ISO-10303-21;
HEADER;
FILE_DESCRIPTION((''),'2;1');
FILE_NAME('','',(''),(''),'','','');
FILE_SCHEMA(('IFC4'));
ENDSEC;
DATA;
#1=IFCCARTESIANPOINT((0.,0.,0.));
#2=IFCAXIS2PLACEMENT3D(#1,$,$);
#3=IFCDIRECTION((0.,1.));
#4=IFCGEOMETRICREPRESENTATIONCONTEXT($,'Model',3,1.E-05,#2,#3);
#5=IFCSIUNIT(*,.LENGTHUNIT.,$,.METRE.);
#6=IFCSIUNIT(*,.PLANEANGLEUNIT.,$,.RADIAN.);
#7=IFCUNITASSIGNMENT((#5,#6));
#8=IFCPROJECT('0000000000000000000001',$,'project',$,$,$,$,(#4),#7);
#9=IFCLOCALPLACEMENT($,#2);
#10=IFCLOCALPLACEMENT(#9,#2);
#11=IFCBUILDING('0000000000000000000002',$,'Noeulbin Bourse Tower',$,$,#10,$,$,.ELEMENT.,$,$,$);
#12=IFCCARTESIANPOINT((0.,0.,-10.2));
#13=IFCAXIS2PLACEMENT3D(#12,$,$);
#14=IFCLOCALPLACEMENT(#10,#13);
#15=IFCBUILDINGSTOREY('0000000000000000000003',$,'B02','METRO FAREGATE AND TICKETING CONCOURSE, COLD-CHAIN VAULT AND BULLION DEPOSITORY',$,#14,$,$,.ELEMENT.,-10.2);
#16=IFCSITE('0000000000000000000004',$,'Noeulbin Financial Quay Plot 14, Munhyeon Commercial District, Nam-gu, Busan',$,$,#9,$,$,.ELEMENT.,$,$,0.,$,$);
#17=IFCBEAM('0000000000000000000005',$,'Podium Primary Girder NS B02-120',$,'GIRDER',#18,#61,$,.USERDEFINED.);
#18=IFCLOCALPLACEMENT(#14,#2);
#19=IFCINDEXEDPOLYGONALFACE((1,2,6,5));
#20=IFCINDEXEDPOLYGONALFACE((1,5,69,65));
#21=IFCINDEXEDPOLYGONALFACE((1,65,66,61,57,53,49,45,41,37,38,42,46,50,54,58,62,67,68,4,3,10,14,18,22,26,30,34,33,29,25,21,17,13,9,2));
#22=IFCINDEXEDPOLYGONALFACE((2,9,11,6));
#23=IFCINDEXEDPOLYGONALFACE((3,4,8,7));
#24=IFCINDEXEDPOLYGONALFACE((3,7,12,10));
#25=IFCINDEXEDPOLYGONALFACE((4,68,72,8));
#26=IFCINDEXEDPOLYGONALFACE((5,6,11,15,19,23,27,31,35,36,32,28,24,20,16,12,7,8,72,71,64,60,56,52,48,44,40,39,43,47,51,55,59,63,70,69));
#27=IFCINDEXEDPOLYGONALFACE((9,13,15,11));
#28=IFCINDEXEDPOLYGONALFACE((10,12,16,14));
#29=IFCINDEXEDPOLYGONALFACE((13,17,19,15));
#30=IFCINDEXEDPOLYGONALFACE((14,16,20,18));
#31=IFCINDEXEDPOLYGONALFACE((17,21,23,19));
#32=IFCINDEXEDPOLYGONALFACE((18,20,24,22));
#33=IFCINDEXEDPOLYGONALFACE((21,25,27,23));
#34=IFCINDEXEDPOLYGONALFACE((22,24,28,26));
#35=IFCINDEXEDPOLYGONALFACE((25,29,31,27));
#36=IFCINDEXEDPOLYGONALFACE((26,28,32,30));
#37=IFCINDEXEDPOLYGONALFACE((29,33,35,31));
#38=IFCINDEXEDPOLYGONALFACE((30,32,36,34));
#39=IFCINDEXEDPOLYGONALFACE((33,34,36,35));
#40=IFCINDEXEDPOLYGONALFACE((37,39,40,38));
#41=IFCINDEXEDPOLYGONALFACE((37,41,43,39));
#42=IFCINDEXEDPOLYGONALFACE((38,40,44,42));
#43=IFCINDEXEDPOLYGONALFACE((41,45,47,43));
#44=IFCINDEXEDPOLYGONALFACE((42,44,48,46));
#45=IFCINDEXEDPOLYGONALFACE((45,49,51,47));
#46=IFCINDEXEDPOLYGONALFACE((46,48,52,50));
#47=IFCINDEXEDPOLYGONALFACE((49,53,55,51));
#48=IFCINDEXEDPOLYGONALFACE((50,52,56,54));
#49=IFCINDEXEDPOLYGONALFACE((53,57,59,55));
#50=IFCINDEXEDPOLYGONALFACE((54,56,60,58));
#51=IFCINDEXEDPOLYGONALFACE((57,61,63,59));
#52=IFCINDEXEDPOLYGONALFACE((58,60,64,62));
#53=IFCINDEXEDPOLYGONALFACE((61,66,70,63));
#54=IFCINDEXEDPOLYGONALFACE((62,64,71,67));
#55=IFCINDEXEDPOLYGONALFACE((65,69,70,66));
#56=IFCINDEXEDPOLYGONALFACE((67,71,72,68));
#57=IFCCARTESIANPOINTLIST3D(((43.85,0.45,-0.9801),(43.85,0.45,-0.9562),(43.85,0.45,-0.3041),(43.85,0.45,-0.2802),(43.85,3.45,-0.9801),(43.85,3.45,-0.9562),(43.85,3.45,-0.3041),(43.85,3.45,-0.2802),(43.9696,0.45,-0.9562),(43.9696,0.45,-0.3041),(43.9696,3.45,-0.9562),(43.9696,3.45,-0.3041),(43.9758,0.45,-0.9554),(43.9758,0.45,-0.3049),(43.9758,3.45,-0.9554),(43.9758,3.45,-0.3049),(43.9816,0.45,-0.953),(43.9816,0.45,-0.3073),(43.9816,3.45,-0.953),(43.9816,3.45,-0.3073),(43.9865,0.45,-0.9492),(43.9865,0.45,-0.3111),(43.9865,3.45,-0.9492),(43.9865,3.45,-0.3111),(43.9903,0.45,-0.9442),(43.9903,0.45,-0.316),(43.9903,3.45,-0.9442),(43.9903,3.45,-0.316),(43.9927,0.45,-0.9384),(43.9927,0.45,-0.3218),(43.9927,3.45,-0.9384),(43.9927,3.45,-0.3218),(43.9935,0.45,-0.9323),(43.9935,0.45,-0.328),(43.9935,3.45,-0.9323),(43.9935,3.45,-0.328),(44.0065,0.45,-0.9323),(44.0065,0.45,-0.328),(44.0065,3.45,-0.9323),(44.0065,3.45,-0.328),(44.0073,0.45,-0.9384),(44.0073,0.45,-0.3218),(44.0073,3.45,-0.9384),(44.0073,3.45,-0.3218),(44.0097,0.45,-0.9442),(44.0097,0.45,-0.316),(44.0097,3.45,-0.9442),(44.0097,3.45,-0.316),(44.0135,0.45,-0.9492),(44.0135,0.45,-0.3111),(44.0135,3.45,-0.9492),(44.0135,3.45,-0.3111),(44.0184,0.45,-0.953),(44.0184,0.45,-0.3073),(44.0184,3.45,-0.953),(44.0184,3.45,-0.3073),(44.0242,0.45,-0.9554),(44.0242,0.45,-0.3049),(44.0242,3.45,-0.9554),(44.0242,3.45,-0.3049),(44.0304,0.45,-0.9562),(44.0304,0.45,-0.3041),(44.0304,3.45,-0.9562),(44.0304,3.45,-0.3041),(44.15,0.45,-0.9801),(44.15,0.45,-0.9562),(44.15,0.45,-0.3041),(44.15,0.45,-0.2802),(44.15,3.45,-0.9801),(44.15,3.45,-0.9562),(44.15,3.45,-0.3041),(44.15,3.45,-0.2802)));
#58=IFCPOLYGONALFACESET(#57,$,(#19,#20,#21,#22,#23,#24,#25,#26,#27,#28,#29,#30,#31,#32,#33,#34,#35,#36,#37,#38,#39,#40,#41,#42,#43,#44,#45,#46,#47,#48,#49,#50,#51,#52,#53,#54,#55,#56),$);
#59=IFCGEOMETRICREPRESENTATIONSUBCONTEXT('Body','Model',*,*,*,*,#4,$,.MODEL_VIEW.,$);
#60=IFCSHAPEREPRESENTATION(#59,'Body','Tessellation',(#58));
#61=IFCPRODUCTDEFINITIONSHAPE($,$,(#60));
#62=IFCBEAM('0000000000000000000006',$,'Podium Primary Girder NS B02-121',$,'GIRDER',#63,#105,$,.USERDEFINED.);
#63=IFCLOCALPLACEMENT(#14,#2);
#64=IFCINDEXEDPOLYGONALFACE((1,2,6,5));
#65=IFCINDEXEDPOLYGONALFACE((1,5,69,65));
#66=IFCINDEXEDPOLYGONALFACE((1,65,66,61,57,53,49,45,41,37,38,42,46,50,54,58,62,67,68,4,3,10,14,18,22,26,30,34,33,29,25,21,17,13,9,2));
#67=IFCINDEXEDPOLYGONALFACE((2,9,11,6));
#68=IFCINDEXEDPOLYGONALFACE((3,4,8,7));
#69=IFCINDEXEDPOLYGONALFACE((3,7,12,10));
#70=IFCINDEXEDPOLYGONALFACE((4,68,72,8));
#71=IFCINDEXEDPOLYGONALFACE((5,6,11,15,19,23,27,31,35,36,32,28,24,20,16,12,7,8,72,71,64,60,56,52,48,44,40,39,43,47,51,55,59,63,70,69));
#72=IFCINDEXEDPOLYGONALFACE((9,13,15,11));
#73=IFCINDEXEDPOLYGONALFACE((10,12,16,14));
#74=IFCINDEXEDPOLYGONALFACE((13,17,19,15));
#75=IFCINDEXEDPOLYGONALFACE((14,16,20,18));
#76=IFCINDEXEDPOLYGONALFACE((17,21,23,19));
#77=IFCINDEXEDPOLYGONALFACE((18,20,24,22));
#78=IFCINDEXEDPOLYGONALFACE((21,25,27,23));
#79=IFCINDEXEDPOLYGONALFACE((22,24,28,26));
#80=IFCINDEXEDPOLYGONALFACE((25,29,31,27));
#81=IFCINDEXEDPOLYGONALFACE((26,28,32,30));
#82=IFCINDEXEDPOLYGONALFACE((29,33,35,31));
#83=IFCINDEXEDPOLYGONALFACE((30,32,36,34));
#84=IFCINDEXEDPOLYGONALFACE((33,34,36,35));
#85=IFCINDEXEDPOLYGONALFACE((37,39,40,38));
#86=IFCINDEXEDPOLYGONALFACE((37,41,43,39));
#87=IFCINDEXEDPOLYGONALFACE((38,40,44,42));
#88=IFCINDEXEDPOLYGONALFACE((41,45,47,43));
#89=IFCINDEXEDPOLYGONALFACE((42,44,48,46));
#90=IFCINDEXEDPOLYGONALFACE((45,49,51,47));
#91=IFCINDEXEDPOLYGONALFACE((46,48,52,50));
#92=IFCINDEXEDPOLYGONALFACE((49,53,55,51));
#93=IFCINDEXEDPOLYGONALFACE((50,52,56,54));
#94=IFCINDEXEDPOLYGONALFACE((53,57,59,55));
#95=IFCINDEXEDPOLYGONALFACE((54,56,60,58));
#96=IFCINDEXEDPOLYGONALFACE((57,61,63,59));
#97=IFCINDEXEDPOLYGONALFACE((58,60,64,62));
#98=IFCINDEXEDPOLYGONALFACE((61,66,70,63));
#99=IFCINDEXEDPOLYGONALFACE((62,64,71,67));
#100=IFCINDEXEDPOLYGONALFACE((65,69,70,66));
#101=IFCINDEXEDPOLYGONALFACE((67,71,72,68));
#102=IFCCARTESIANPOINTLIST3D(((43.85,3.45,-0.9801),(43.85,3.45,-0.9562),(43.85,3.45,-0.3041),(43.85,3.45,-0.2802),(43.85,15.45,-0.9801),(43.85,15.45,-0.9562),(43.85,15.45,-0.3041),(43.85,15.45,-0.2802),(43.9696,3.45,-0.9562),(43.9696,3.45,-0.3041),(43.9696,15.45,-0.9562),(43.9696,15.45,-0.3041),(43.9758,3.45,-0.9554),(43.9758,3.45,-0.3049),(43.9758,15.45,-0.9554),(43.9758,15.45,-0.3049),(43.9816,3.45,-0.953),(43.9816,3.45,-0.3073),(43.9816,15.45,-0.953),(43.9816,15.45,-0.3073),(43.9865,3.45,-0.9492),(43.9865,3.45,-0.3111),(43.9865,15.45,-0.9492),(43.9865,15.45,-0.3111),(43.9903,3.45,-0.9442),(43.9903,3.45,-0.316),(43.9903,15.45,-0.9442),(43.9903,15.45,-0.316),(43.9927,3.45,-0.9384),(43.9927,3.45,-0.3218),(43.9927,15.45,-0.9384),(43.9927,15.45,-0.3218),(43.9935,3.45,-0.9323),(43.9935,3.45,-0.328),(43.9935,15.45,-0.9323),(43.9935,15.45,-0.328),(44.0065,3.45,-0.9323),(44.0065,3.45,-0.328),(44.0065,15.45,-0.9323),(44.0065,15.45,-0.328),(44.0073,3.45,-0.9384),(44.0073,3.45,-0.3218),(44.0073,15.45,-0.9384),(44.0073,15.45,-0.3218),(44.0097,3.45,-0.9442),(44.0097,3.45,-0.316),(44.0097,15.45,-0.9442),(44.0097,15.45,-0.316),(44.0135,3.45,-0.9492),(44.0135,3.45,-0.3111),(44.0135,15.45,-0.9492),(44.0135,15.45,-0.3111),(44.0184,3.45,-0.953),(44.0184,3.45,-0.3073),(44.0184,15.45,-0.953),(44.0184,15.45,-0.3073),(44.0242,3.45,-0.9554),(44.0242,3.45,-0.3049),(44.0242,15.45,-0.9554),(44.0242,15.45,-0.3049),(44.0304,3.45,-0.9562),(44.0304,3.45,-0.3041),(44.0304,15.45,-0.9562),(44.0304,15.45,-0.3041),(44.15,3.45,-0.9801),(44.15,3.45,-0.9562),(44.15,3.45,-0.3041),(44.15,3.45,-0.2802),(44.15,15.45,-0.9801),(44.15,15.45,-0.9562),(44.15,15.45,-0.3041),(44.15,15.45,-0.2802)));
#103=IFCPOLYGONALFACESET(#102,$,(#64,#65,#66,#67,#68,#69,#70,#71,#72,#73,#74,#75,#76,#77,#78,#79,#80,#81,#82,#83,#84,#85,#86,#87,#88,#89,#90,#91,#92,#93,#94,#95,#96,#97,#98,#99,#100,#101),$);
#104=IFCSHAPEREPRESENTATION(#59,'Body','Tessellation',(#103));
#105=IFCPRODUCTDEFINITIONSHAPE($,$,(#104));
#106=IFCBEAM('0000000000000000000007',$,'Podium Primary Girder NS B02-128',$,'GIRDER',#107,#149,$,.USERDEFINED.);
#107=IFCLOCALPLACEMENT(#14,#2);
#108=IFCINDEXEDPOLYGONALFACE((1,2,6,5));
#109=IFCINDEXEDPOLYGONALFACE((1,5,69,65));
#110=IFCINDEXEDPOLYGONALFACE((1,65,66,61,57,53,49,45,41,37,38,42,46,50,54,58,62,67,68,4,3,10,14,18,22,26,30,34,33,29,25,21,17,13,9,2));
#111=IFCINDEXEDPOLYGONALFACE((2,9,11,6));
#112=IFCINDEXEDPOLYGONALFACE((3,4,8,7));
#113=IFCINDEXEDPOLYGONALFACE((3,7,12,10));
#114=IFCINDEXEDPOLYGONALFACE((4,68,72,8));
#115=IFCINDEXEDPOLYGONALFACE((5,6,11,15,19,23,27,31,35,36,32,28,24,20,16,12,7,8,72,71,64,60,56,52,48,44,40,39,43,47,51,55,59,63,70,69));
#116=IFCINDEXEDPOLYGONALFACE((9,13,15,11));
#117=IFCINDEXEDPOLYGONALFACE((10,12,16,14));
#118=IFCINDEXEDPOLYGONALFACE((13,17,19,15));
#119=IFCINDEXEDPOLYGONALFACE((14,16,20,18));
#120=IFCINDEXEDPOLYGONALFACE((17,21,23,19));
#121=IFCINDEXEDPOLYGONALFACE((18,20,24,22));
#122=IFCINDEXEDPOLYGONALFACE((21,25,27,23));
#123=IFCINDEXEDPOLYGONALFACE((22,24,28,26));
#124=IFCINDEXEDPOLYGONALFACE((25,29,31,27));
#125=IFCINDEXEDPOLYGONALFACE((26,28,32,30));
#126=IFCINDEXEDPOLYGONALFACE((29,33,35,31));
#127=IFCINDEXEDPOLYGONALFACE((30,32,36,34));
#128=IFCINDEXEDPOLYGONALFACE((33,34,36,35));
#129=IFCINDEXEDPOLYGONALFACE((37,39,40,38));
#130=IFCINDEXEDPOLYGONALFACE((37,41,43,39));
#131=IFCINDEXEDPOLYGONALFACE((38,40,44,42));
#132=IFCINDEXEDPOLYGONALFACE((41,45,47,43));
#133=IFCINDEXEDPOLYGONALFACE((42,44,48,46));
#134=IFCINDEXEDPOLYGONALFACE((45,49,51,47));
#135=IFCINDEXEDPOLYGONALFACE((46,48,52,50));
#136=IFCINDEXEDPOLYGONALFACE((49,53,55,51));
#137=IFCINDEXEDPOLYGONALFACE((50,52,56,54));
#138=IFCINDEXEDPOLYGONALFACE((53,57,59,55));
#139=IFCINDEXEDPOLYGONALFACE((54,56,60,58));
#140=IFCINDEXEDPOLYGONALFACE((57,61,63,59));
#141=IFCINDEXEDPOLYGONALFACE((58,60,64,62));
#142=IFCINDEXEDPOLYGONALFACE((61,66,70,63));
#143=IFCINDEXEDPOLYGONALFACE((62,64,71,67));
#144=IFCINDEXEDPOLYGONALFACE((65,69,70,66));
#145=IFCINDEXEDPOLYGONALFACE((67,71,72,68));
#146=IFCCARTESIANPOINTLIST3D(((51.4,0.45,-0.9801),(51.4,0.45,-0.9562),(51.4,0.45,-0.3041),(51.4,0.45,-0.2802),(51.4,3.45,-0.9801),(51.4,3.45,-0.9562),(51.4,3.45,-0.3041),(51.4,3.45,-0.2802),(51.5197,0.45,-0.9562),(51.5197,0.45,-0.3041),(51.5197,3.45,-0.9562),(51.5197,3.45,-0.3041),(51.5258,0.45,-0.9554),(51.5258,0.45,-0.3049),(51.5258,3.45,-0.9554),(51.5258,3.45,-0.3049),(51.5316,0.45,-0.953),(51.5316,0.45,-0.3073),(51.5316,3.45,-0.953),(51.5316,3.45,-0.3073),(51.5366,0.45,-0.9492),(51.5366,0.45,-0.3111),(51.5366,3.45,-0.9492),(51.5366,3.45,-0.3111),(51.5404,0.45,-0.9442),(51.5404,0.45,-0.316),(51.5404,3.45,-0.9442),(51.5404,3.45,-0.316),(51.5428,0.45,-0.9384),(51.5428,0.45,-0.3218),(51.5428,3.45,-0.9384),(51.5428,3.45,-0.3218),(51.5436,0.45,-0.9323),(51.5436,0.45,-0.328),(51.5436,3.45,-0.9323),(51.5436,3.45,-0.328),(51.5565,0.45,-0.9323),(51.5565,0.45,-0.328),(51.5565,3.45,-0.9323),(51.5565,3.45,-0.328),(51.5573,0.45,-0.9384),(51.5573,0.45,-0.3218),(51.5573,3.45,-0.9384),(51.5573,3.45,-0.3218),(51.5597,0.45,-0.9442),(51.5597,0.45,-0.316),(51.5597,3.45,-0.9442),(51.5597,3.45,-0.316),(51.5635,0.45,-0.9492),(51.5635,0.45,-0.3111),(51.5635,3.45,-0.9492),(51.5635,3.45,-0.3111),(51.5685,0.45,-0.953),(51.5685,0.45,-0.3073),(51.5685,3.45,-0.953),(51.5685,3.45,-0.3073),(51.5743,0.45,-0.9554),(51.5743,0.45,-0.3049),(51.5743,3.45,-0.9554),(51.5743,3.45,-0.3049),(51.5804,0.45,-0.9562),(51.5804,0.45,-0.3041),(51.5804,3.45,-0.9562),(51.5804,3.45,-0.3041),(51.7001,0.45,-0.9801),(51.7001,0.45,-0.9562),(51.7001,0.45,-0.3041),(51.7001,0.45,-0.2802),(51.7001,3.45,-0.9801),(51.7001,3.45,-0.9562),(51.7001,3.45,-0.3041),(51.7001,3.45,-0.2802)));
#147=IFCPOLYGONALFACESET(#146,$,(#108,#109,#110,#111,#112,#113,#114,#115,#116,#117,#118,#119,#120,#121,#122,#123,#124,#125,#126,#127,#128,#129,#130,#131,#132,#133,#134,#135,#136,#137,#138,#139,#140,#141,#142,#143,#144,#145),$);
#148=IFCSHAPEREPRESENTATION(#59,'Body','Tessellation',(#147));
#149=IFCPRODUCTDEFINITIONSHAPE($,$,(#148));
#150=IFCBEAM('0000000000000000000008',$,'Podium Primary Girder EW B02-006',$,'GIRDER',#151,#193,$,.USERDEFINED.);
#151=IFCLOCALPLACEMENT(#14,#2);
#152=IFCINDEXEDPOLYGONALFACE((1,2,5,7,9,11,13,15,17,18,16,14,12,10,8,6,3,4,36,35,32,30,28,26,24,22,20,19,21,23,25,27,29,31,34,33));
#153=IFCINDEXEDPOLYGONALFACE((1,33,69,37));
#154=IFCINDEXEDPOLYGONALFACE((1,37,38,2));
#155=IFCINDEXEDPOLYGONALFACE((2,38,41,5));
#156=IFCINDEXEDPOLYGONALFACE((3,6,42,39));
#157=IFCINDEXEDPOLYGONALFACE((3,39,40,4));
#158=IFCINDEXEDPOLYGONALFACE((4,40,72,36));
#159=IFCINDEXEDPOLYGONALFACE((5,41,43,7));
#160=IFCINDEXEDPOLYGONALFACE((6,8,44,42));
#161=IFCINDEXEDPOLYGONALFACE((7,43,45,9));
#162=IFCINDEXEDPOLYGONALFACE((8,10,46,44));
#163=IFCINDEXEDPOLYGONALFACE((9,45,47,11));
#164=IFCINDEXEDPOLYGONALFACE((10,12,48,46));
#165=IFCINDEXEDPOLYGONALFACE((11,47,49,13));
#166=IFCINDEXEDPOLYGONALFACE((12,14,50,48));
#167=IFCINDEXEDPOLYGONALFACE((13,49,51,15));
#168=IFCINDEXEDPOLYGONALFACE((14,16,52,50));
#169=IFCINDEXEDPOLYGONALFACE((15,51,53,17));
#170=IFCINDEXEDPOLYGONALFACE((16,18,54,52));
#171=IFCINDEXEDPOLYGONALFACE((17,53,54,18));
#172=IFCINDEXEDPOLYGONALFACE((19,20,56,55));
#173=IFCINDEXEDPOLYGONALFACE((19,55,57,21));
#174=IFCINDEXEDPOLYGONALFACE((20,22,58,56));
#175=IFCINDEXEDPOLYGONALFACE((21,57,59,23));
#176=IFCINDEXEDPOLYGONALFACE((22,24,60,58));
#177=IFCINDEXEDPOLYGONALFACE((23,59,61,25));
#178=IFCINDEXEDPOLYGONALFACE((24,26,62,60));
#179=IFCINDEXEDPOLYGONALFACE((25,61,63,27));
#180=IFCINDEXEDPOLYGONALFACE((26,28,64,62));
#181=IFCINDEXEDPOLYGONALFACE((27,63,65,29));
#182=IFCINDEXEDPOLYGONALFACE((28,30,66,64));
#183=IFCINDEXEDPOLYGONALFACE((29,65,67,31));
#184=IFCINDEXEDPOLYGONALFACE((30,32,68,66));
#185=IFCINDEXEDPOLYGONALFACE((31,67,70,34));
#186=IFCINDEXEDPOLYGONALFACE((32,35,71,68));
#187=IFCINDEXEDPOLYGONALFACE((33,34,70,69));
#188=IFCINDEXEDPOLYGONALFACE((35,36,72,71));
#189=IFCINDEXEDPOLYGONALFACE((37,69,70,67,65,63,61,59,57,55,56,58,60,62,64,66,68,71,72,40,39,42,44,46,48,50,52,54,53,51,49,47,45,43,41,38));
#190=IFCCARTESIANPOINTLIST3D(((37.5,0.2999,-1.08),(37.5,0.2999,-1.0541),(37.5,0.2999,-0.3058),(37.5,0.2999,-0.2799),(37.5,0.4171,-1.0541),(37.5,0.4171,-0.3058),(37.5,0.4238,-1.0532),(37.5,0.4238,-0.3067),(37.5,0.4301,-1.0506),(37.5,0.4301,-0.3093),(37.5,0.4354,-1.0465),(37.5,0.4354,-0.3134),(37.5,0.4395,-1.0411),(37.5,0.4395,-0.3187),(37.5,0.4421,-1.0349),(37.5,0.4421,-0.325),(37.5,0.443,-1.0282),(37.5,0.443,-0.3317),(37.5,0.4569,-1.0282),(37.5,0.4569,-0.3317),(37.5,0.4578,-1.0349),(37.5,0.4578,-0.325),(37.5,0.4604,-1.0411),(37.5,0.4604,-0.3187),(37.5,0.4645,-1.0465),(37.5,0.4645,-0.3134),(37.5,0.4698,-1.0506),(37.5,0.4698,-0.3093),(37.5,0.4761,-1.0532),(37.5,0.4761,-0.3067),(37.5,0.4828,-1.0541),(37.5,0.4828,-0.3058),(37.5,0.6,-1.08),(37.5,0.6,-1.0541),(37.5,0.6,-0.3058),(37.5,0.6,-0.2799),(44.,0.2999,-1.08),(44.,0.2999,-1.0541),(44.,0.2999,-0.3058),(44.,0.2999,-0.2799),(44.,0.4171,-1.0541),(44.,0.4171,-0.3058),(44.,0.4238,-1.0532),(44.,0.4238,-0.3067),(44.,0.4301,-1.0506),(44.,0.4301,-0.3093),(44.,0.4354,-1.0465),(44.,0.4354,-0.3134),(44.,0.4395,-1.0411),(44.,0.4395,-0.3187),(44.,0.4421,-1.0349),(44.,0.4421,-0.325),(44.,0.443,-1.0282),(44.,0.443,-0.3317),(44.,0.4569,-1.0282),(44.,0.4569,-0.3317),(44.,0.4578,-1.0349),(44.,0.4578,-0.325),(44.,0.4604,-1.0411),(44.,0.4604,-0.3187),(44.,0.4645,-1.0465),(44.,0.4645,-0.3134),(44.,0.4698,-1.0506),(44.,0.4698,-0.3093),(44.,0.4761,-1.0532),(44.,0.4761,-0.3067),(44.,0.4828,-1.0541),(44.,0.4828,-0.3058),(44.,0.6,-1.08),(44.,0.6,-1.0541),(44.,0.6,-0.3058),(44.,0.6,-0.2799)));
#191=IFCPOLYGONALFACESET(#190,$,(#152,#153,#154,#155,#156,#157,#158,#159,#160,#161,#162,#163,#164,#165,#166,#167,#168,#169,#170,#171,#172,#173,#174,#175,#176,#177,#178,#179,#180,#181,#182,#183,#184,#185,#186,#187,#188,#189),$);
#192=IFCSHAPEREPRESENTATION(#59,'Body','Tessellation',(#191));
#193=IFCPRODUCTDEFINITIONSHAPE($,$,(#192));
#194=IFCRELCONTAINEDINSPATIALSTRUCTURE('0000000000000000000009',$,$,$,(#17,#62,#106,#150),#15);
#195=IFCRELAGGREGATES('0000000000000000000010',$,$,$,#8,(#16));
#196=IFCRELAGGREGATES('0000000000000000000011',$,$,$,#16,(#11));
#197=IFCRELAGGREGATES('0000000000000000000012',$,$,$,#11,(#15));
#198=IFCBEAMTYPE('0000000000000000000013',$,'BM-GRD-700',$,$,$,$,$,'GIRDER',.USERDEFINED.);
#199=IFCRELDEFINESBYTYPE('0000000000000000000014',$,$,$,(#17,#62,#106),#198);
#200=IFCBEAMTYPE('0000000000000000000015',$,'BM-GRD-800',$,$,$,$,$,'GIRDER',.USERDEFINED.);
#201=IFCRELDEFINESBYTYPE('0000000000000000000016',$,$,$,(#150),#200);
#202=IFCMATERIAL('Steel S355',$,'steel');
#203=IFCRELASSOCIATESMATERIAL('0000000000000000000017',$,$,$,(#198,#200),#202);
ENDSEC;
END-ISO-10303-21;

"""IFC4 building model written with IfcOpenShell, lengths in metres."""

from ifc_helpers import new_model, si_unit, direction, frame, origin, origin_2d, place, context, subcontext, project, spatial, i_section, extrude, material, material_profile, profile_set, type_object, element, save


model = new_model("IFC4")

# Units and contexts
model_context = context("Model", 3, precision=1e-05, world=origin(), true_north=direction((0.0, 1.0)))
body_context = subcontext(model_context, "Body", "Model", "MODEL_VIEW")
ifc_project = project(units=[si_unit("LENGTHUNIT", "METRE"), si_unit("PLANEANGLEUNIT", "RADIAN")], contexts=[model_context])

# Site, building, storey
site_placement = place(None, origin())
site = spatial("IfcSite", under=ifc_project, at=site_placement, Name="Noeulbin Financial Quay Plot 14, Munhyeon Commercial District, Nam-gu, Busan", CompositionType="ELEMENT", RefElevation=0.0)
building_placement = place(site_placement, origin())
building = spatial("IfcBuilding", under=site, at=building_placement, Name="Noeulbin Bourse Tower", CompositionType="ELEMENT")
storey_placement = place(building_placement, frame((0.0, 0.0, -10.2)))
storey = spatial("IfcBuildingStorey", under=building, at=storey_placement, Name="B02", Description="METRO FAREGATE AND TICKETING CONCOURSE, COLD-CHAIN VAULT AND BULLION DEPOSITORY", CompositionType="ELEMENT", Elevation=-10.2)

# Beams
ifc_material_1 = material(Name="Steel S355", Category="steel")
ifc_material_profile_1 = material_profile(ifc_material_1, i_section(OverallWidth=0.3, OverallDepth=0.7, WebThickness=0.0129, FlangeThickness=0.0239, FilletRadius=0.0239, at=origin_2d()), Name="H-700x300x13x24", Category="LoadBearing")
ifc_profile_set_1 = profile_set([ifc_material_profile_1], Name="Steel S355")
beam_type_1 = type_object("IfcBeamType", Name="BM-GRD-700", ElementType="GIRDER", PredefinedType="USERDEFINED", material=ifc_profile_set_1)
beam_1_placement = place(storey_placement, frame((44.0, 0.45, -0.6301), z_axis=(0.0, 1.0, 0.0), x_axis=(-1.0, 0.0, 0.0)))
element("IfcBeam", 1, at=beam_1_placement, inside=storey, type_object=beam_type_1, Name="Podium Primary Girder NS B02-120", ObjectType="GIRDER", PredefinedType="USERDEFINED", context=body_context, shape_type="SweptSolid", body=[
    extrude(i_section(OverallWidth=0.3, OverallDepth=0.7, WebThickness=0.0129, FlangeThickness=0.0239, FilletRadius=0.0239, at=origin_2d()), origin(), (0.0, 0.0, 1.0), 3.0),
])
beam_2_placement = place(storey_placement, frame((44.0, 3.45, -0.6301), z_axis=(0.0, 1.0, 0.0), x_axis=(-1.0, 0.0, 0.0)))
element("IfcBeam", 2, at=beam_2_placement, inside=storey, type_object=beam_type_1, Name="Podium Primary Girder NS B02-121", ObjectType="GIRDER", PredefinedType="USERDEFINED", context=body_context, shape_type="SweptSolid", body=[
    extrude(i_section(OverallWidth=0.3, OverallDepth=0.7, WebThickness=0.0129, FlangeThickness=0.0239, FilletRadius=0.0239, at=origin_2d()), origin(), (0.0, 0.0, 1.0), 12.0),
])
beam_3_placement = place(storey_placement, frame((51.55, 0.45, -0.6301), z_axis=(0.0, 1.0, 0.0), x_axis=(-1.0, 0.0, 0.0)))
element("IfcBeam", 3, at=beam_3_placement, inside=storey, type_object=beam_type_1, Name="Podium Primary Girder NS B02-128", ObjectType="GIRDER", PredefinedType="USERDEFINED", context=body_context, shape_type="SweptSolid", body=[
    extrude(i_section(OverallWidth=0.3, OverallDepth=0.7, WebThickness=0.0129, FlangeThickness=0.0239, FilletRadius=0.0239, at=origin_2d()), origin(), (0.0, 0.0, 1.0), 3.0),
])
ifc_material_profile_2 = material_profile(ifc_material_1, i_section(OverallWidth=0.3, OverallDepth=0.8, WebThickness=0.0139, FlangeThickness=0.0259, FilletRadius=0.0259, at=origin_2d()), Name="H-800x300x14x26", Category="LoadBearing")
ifc_profile_set_2 = profile_set([ifc_material_profile_2], Name="Steel S355")
beam_type_2 = type_object("IfcBeamType", Name="BM-GRD-800", ElementType="GIRDER", PredefinedType="USERDEFINED", material=ifc_profile_set_2)
beam_4_placement = place(storey_placement, frame((37.5, 0.45, -0.6799), z_axis=(1.0, 0.0, 0.0), x_axis=(0.0, 1.0, 0.0)))
element("IfcBeam", 4, at=beam_4_placement, inside=storey, type_object=beam_type_2, Name="Podium Primary Girder EW B02-006", ObjectType="GIRDER", PredefinedType="USERDEFINED", context=body_context, shape_type="SweptSolid", body=[
    extrude(i_section(OverallWidth=0.3, OverallDepth=0.8, WebThickness=0.0139, FlangeThickness=0.0259, FilletRadius=0.0259, at=origin_2d()), origin(), (0.0, 0.0, 1.0), 6.5),
])

save(model, "model.ifc")
